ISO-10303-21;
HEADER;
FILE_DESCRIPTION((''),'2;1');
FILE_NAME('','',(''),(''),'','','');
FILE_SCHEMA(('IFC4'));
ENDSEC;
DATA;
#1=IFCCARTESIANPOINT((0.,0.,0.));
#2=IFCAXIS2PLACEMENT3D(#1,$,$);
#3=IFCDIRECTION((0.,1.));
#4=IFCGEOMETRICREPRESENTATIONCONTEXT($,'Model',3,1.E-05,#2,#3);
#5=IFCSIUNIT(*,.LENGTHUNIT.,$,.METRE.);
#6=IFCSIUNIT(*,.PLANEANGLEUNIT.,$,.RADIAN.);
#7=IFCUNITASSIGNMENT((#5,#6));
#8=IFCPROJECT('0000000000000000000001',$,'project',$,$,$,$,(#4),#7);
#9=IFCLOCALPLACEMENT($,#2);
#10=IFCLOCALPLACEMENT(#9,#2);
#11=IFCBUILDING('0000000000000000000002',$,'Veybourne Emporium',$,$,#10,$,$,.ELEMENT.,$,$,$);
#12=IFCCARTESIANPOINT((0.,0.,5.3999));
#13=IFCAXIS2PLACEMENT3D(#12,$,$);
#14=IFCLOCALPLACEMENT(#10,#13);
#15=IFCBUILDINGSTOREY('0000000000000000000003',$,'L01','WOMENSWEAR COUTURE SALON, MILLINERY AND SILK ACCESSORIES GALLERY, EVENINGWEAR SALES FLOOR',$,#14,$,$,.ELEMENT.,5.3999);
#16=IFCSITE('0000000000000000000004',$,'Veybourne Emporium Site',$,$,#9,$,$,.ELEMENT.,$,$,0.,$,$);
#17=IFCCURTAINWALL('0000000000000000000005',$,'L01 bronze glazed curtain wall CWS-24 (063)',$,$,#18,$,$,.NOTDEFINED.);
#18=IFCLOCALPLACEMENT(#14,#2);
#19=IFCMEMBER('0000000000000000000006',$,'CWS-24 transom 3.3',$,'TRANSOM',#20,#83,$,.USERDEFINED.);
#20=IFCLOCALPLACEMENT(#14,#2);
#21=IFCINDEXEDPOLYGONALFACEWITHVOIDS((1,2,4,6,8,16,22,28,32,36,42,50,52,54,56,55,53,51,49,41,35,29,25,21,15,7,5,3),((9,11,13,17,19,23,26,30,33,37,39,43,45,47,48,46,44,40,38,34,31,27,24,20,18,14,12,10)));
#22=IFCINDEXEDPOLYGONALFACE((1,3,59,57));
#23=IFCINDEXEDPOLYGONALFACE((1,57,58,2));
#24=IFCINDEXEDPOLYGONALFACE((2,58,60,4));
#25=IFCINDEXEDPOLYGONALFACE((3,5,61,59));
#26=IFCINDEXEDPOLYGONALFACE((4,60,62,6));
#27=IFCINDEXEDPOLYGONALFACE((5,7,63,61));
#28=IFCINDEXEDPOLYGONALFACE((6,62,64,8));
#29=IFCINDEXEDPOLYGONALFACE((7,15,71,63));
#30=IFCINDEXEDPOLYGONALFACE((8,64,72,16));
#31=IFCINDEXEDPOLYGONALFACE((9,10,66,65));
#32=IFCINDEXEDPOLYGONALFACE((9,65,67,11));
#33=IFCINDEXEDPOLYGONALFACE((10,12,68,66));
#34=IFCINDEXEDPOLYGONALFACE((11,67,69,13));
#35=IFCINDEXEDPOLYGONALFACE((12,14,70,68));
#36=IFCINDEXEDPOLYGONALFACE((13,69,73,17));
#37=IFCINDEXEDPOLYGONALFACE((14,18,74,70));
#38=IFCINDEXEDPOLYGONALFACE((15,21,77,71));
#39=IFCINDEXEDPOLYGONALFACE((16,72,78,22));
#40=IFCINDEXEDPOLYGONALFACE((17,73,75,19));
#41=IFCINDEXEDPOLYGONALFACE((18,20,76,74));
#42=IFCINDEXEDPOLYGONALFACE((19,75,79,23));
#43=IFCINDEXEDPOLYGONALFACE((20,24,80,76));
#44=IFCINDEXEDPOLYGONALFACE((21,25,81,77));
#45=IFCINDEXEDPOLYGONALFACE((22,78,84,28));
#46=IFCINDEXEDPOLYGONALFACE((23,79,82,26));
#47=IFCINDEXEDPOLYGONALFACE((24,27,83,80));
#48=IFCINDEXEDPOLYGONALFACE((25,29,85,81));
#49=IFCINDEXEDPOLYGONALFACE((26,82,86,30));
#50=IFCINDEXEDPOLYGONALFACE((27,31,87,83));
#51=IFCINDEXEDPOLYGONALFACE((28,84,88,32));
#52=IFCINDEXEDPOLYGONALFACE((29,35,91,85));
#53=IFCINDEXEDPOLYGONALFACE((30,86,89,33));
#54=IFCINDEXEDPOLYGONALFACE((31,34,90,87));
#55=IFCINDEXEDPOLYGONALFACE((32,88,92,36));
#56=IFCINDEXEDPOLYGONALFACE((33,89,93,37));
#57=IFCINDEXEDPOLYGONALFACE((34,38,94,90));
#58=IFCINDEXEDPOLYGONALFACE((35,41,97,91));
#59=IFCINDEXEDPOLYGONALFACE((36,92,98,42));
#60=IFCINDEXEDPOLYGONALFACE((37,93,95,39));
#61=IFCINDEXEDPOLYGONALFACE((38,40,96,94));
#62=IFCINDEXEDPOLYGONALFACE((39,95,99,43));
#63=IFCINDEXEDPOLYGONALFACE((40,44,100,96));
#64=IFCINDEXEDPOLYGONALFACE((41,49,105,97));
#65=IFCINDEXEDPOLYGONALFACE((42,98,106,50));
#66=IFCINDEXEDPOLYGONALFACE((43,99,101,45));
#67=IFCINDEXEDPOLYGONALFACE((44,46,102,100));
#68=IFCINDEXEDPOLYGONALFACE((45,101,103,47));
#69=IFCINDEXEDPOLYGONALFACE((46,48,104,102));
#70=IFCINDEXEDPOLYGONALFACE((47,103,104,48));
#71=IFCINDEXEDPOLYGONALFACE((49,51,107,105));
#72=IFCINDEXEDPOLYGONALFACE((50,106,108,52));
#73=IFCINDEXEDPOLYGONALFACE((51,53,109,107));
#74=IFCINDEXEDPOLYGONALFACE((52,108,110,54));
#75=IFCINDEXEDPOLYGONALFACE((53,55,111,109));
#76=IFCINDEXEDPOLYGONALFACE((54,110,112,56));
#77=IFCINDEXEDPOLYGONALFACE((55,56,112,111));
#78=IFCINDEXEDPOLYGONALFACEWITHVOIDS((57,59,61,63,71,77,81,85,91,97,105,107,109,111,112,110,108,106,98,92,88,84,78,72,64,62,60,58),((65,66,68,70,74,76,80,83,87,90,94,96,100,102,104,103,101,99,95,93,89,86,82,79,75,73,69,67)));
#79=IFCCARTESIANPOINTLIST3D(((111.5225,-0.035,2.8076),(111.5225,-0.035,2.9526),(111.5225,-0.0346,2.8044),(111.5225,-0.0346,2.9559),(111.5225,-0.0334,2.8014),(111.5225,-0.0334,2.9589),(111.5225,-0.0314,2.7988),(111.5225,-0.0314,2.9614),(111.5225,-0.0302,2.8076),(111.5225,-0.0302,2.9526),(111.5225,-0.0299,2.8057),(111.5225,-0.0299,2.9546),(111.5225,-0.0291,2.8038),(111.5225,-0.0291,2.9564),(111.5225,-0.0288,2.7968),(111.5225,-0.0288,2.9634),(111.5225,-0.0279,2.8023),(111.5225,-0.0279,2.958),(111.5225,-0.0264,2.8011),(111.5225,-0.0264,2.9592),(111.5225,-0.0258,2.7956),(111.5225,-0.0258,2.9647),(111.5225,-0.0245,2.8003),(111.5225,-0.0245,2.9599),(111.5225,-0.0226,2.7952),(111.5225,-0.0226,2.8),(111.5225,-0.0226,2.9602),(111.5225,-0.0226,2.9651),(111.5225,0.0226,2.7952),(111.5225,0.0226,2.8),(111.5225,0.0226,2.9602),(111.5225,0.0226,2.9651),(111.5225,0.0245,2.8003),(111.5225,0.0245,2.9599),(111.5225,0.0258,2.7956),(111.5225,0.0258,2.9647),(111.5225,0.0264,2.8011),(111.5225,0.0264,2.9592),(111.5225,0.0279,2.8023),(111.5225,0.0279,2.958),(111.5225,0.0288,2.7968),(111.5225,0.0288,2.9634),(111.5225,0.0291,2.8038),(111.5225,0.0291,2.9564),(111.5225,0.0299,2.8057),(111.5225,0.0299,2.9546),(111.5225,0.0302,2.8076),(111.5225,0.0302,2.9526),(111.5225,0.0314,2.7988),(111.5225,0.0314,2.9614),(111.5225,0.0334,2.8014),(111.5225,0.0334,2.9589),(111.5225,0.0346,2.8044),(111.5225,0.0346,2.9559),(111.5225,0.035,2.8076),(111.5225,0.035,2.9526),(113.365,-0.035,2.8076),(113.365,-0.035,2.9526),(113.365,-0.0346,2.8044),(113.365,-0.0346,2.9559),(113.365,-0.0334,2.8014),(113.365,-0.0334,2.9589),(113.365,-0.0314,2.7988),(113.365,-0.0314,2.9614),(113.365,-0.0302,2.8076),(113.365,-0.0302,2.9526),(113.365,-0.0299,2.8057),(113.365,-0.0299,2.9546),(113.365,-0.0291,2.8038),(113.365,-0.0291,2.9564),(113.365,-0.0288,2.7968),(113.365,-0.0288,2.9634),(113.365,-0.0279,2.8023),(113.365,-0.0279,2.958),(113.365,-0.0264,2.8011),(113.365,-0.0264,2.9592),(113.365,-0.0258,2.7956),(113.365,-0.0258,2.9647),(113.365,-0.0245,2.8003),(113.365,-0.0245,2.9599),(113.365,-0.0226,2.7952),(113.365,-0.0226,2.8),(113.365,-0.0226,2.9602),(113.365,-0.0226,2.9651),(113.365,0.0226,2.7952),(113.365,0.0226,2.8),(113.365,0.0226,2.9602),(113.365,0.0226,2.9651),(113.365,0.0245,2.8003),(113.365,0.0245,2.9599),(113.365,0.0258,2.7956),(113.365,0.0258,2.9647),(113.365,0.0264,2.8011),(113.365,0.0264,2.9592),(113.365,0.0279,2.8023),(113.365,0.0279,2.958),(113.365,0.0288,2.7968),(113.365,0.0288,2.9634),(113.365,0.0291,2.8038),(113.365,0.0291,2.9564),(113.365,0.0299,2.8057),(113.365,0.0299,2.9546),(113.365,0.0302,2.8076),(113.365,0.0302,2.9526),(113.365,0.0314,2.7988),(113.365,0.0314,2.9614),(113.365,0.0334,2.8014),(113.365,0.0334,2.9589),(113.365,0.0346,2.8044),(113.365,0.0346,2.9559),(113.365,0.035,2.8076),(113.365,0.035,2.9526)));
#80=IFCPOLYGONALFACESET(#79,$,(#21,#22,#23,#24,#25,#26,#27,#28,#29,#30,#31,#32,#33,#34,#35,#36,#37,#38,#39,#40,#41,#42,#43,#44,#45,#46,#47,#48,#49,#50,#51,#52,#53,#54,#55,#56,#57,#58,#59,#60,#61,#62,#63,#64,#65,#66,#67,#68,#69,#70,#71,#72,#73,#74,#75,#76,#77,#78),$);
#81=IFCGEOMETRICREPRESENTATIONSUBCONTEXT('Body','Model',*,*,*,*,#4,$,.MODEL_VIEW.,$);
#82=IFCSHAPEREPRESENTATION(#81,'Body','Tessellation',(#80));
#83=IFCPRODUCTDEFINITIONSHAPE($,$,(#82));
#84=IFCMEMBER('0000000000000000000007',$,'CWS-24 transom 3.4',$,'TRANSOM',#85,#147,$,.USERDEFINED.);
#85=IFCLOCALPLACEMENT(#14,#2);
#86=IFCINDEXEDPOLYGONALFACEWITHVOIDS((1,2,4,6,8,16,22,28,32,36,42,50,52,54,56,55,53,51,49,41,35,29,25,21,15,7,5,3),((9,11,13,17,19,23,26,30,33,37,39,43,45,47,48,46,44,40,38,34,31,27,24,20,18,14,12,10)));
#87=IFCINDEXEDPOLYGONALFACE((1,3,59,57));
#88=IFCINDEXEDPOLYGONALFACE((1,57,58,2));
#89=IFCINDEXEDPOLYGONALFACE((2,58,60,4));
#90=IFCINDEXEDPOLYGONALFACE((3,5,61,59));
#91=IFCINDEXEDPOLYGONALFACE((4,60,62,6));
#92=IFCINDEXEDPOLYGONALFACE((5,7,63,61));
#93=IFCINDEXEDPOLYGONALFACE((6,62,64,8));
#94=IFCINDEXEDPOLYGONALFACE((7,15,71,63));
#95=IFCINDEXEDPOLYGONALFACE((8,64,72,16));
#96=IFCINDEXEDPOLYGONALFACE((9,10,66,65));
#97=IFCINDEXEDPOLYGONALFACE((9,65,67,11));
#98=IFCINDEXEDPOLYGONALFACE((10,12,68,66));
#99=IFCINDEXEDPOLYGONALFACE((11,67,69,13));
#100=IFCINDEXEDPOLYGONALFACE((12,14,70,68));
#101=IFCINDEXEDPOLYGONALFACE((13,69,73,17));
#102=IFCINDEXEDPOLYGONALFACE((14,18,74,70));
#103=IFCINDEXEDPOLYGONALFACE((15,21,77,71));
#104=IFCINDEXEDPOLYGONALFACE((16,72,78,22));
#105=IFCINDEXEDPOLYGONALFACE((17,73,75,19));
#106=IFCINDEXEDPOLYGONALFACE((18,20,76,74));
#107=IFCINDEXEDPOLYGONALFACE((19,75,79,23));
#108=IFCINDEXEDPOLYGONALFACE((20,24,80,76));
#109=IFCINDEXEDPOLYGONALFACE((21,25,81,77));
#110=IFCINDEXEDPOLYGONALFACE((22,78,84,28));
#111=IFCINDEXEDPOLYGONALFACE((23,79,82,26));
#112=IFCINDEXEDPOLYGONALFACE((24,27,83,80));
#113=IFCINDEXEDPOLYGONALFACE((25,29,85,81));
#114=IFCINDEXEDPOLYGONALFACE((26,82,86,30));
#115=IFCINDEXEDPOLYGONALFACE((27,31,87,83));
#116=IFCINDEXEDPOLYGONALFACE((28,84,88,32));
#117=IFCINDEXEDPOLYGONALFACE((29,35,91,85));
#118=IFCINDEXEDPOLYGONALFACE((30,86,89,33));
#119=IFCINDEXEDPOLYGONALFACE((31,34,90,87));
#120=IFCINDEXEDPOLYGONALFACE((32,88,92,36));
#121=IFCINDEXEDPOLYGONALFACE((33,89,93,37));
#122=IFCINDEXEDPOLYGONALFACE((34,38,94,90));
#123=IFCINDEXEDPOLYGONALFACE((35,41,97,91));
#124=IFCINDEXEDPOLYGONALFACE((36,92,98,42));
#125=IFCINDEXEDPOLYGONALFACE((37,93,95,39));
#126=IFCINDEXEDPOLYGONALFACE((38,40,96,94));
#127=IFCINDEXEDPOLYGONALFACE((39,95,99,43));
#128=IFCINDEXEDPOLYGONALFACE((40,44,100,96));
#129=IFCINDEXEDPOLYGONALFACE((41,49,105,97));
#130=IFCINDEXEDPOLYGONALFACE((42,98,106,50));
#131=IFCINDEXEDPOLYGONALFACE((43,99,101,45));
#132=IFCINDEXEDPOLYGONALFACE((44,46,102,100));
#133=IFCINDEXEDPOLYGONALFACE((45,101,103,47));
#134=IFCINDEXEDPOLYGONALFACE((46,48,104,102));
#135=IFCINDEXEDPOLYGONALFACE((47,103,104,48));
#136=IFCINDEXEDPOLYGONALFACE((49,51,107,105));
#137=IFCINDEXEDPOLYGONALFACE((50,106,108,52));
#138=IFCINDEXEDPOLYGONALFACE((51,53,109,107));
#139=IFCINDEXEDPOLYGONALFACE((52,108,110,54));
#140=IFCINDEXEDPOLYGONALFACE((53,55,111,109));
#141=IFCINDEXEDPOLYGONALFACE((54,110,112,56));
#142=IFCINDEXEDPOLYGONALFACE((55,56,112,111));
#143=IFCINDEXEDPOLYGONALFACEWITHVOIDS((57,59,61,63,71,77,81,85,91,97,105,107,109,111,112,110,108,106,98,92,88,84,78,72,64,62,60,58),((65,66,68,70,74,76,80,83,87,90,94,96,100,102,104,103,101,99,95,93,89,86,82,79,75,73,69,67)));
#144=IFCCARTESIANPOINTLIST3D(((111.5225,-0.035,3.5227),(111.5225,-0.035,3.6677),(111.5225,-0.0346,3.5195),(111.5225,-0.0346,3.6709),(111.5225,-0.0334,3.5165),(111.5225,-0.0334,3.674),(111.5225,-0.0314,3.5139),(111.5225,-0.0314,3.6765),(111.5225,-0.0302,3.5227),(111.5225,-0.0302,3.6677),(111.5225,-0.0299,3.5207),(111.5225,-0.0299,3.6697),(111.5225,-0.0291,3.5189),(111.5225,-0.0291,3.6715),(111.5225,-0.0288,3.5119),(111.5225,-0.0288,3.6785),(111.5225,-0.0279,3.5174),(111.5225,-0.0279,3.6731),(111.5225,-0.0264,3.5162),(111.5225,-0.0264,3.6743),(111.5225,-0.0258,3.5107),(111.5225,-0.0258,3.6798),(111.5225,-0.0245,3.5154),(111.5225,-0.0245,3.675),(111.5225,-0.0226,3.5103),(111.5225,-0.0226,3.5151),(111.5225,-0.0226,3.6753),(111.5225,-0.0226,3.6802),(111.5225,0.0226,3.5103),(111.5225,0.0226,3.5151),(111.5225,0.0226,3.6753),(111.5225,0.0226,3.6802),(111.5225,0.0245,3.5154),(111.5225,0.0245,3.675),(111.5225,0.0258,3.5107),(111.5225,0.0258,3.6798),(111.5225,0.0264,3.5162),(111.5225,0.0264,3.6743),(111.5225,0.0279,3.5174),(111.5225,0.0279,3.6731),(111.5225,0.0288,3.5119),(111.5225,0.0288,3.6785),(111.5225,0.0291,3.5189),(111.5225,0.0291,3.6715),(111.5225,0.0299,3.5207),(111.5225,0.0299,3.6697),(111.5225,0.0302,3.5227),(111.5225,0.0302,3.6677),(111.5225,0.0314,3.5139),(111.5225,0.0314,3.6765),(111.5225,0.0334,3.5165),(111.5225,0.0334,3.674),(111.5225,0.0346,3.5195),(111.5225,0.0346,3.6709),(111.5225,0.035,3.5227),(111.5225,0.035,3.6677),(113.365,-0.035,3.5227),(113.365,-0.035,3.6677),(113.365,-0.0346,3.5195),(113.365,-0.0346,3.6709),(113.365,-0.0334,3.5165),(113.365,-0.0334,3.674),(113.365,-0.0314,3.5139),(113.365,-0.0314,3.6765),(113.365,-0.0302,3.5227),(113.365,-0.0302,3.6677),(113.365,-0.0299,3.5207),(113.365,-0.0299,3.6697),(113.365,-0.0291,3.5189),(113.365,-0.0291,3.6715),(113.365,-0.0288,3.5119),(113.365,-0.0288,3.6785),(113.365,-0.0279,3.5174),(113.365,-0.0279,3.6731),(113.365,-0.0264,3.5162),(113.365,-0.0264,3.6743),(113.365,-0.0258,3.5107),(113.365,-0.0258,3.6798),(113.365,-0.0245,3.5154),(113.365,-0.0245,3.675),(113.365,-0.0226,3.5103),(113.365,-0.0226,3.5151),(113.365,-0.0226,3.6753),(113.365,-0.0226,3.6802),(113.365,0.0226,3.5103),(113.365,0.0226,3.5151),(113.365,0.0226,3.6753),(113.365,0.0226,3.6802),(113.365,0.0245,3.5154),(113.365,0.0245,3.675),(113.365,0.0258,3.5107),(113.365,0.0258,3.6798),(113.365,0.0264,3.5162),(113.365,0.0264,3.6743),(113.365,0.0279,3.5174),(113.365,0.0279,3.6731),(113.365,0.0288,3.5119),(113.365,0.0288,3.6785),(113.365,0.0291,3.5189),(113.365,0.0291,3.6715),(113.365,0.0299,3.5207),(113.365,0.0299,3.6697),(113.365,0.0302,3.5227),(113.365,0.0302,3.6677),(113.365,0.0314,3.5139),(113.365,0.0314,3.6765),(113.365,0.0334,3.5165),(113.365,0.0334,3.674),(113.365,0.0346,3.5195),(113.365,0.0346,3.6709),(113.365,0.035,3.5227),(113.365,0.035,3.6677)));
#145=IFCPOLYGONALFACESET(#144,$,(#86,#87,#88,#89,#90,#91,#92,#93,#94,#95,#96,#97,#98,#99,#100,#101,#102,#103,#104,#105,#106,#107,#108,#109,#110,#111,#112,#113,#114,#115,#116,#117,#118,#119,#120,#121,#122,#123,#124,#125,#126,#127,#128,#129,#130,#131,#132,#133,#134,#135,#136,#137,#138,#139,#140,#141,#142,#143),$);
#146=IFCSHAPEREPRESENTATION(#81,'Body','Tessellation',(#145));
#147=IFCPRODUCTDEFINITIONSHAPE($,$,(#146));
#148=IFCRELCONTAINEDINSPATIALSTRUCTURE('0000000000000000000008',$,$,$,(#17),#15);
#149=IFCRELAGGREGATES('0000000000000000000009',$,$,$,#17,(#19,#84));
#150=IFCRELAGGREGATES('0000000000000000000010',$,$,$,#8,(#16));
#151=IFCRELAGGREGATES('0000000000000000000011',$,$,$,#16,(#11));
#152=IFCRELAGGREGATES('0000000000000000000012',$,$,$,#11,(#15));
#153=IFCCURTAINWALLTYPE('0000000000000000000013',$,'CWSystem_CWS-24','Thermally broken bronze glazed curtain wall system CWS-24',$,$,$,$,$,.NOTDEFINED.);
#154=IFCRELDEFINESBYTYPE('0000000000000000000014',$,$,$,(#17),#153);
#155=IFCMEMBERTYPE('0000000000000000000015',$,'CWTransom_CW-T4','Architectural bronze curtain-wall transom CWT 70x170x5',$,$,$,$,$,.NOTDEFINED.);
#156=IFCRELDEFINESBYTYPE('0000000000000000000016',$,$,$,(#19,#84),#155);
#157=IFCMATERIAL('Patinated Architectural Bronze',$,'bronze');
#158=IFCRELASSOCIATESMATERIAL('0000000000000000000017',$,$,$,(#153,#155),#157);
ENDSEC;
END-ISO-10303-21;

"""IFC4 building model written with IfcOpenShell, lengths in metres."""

from ifc_helpers import new_model, si_unit, direction, frame, origin, origin_2d, place, context, subcontext, project, spatial, hollow_rectangle, extrude, material, material_profile, profile_set, type_object, element, aggregate, save


model = new_model("IFC4")

# Units and contexts
model_context = context("Model", 3, precision=1e-05, world=origin(), true_north=direction((0.0, 1.0)))
body_context = subcontext(model_context, "Body", "Model", "MODEL_VIEW")
ifc_project = project(units=[si_unit("LENGTHUNIT", "METRE"), si_unit("PLANEANGLEUNIT", "RADIAN")], contexts=[model_context])

# Site, building, storey
site_placement = place(None, origin())
site = spatial("IfcSite", under=ifc_project, at=site_placement, Name="Veybourne Emporium Site", CompositionType="ELEMENT", RefElevation=0.0)
building_placement = place(site_placement, origin())
building = spatial("IfcBuilding", under=site, at=building_placement, Name="Veybourne Emporium", CompositionType="ELEMENT")
storey_placement = place(building_placement, frame((0.0, 0.0, 5.3999)))
storey = spatial("IfcBuildingStorey", under=building, at=storey_placement, Name="L01", Description="WOMENSWEAR COUTURE SALON, MILLINERY AND SILK ACCESSORIES GALLERY, EVENINGWEAR SALES FLOOR", CompositionType="ELEMENT", Elevation=5.3999)

# Curtain wall, members
ifc_material_1 = material(Name="Patinated Architectural Bronze", Category="bronze")
curtain_wall_type = type_object("IfcCurtainWallType", Name="CWSystem_CWS-24", Description="Thermally broken bronze glazed curtain wall system CWS-24", PredefinedType="NOTDEFINED", material=ifc_material_1)
curtain_wall_placement = place(storey_placement, origin())
curtain_wall = element("IfcCurtainWall", 1, at=curtain_wall_placement, inside=storey, type_object=curtain_wall_type, Name="L01 bronze glazed curtain wall CWS-24 (063)", PredefinedType="NOTDEFINED")
ifc_material_profile_1 = material_profile(ifc_material_1, hollow_rectangle(XDim=0.0701, YDim=0.1699, WallThickness=0.0049, InnerFilletRadius=0.0076, OuterFilletRadius=0.0125, at=origin_2d()), Name="CWT 70x170x5")
ifc_profile_set_1 = profile_set([ifc_material_profile_1], Name="Patinated Architectural Bronze")
member_type_1 = type_object("IfcMemberType", Name="CWTransom_CW-T4", Description="Architectural bronze curtain-wall transom CWT 70x170x5", PredefinedType="NOTDEFINED", material=ifc_profile_set_1)
member_1_placement = place(storey_placement, frame((113.365, 0.0, 2.8801), z_axis=(-1.0, 0.0, 0.0), x_axis=(0.0, -1.0, 0.0)))
member_1 = element("IfcMember", 2, at=member_1_placement, type_object=member_type_1, Name="CWS-24 transom 3.3", ObjectType="TRANSOM", PredefinedType="USERDEFINED", context=body_context, shape_type="SweptSolid", body=[
    extrude(hollow_rectangle(XDim=0.0701, YDim=0.1699, WallThickness=0.0049, InnerFilletRadius=0.0076, OuterFilletRadius=0.0125, at=origin_2d()), origin(), (0.0, 0.0, 1.0), 1.8425),
])
member_2_placement = place(storey_placement, frame((113.365, 0.0, 3.5952), z_axis=(-1.0, 0.0, 0.0), x_axis=(0.0, -1.0, 0.0)))
member_2 = element("IfcMember", 3, at=member_2_placement, type_object=member_type_1, Name="CWS-24 transom 3.4", ObjectType="TRANSOM", PredefinedType="USERDEFINED", context=body_context, shape_type="SweptSolid", body=[
    extrude(hollow_rectangle(XDim=0.0701, YDim=0.1699, WallThickness=0.0049, InnerFilletRadius=0.0076, OuterFilletRadius=0.0125, at=origin_2d()), origin(), (0.0, 0.0, 1.0), 1.8425),
])

aggregate(curtain_wall, [member_1, member_2])

save(model, "model.ifc")
